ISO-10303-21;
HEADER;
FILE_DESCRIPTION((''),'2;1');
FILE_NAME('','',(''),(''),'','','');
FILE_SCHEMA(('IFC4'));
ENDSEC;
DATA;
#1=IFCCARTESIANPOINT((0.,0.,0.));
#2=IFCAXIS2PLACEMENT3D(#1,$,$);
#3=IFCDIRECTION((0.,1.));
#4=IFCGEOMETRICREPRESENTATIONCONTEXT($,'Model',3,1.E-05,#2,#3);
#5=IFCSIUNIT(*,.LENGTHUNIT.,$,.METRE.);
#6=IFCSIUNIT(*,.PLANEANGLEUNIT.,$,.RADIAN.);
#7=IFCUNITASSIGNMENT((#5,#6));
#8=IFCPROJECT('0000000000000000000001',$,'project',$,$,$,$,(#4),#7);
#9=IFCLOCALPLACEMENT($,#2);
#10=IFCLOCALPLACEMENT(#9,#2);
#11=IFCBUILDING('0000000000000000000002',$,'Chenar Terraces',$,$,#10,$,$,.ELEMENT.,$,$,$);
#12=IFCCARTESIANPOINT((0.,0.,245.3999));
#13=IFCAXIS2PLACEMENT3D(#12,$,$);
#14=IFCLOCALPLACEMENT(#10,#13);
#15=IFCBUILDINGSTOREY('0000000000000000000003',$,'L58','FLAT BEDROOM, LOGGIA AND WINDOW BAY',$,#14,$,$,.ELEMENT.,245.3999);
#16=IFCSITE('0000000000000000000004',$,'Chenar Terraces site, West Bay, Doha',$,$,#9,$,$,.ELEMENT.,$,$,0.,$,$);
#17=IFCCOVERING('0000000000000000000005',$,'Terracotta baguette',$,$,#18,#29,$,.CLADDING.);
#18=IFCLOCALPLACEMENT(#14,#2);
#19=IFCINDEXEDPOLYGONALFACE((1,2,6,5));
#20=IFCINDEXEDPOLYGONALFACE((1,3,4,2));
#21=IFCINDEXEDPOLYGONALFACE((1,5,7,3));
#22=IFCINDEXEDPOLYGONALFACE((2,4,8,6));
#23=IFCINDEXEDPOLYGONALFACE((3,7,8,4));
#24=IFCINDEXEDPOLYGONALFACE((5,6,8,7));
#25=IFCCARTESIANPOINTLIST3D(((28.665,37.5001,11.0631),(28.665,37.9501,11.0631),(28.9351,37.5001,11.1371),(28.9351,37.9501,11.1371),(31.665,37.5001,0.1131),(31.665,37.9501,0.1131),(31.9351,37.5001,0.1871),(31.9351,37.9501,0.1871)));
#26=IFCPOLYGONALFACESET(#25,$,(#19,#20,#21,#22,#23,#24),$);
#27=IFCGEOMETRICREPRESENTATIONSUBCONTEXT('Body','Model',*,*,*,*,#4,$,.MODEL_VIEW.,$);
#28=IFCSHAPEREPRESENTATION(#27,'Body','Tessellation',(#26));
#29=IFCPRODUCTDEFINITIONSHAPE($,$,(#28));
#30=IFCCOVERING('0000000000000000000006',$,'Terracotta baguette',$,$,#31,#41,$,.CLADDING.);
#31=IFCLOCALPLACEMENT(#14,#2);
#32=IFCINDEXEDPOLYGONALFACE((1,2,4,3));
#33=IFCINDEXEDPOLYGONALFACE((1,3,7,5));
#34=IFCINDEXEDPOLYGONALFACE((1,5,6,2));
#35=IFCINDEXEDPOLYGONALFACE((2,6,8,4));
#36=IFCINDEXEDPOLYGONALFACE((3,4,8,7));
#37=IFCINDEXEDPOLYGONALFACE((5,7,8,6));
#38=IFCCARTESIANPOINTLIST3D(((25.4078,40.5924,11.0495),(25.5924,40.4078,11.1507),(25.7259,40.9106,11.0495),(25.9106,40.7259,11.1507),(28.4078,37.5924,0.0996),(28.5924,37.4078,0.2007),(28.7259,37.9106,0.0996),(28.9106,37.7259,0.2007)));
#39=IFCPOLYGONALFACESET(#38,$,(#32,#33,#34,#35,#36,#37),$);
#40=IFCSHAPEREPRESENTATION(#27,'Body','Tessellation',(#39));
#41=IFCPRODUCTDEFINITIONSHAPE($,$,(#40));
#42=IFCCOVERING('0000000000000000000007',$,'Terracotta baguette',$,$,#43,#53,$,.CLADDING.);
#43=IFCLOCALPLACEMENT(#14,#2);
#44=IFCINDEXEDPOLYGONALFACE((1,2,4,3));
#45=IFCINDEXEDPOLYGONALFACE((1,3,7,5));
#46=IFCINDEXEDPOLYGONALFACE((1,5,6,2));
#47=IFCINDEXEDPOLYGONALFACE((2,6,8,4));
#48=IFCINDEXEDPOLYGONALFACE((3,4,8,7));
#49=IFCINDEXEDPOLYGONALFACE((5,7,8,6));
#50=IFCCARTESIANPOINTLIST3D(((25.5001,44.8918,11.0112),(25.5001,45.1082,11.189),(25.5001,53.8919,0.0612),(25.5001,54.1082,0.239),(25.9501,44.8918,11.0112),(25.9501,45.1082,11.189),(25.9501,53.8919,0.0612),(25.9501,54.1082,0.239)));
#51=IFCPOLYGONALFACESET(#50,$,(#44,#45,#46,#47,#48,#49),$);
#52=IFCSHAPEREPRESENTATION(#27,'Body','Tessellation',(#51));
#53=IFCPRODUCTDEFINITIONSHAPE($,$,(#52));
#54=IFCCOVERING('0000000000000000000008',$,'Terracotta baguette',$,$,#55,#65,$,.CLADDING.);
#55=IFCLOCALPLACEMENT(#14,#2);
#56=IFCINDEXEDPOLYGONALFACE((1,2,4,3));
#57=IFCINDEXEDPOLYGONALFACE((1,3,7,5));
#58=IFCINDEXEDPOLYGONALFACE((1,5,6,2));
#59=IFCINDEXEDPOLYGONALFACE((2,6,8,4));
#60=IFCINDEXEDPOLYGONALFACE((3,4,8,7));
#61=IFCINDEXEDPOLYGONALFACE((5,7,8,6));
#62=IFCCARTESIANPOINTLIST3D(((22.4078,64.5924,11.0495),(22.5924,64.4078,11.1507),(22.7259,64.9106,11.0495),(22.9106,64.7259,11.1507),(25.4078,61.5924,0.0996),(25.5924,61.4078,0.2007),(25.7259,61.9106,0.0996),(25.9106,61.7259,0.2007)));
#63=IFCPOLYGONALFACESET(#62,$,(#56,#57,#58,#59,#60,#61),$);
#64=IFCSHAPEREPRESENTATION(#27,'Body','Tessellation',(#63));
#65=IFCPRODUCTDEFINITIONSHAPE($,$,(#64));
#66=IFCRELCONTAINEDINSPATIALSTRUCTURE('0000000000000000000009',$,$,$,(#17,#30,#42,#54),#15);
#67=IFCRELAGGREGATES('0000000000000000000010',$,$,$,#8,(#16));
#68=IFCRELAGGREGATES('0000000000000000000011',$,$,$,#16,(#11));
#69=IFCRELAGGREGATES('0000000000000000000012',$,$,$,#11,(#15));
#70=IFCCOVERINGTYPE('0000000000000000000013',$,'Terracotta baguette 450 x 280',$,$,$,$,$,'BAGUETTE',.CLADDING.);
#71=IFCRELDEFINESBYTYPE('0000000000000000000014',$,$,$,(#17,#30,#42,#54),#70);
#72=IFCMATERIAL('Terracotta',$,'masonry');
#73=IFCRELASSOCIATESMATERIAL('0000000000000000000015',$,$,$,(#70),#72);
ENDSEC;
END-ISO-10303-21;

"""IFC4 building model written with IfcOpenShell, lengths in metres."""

from ifc_helpers import new_model, si_unit, direction, frame, origin, origin_2d, place, context, subcontext, project, spatial, rectangle, extrude, material, material_profile, profile_set, type_object, element, save


model = new_model("IFC4")

# Units and contexts
model_context = context("Model", 3, precision=1e-05, world=origin(), true_north=direction((0.0, 1.0)))
body_context = subcontext(model_context, "Body", "Model", "MODEL_VIEW")
ifc_project = project(units=[si_unit("LENGTHUNIT", "METRE"), si_unit("PLANEANGLEUNIT", "RADIAN")], contexts=[model_context])

# Site, building, storey
site_placement = place(None, origin())
site = spatial("IfcSite", under=ifc_project, at=site_placement, Name="Chenar Terraces site, West Bay, Doha", CompositionType="ELEMENT", RefElevation=0.0)
building_placement = place(site_placement, origin())
building = spatial("IfcBuilding", under=site, at=building_placement, Name="Chenar Terraces", CompositionType="ELEMENT")
storey_placement = place(building_placement, frame((0.0, 0.0, 245.3999)))
storey = spatial("IfcBuildingStorey", under=building, at=storey_placement, Name="L58", Description="FLAT BEDROOM, LOGGIA AND WINDOW BAY", CompositionType="ELEMENT", Elevation=245.3999)

# Coverings
ifc_material_1 = material(Name="Terracotta", Category="masonry")
ifc_material_profile_1 = material_profile(ifc_material_1, rectangle(XDim=0.45, YDim=0.28, at=origin_2d()), Name="Terracotta baguette 450 x 280")
ifc_profile_set_1 = profile_set([ifc_material_profile_1], Name="Terracotta")
covering_type = type_object("IfcCoveringType", Name="Terracotta baguette 450 x 280", ElementType="BAGUETTE", PredefinedType="CLADDING", material=ifc_profile_set_1)
covering_1_placement = place(storey_placement, frame((31.8, 37.7251, 0.1501), z_axis=(-0.264236, 0.0, 0.964458), x_axis=(0.0, -1.0, 0.0)))
element("IfcCovering", 1, at=covering_1_placement, inside=storey, type_object=covering_type, Name="Terracotta baguette", PredefinedType="CLADDING", context=body_context, shape_type="SweptSolid", body=[
    extrude(rectangle(XDim=0.45, YDim=0.28, at=origin_2d()), origin(), (0.0, 0.0, 1.0), 11.3535),
])
covering_2_placement = place(storey_placement, frame((28.6592, 37.6592, 0.1501), z_axis=(-0.255468, 0.255468, 0.932455), x_axis=(-0.707107, -0.707107, 0.0)))
element("IfcCovering", 2, at=covering_2_placement, inside=storey, type_object=covering_type, Name="Terracotta baguette", PredefinedType="CLADDING", context=body_context, shape_type="SweptSolid", body=[
    extrude(rectangle(XDim=0.45, YDim=0.28, at=origin_2d()), origin(), (0.0, 0.0, 1.0), 11.7432),
])
covering_3_placement = place(storey_placement, frame((25.7251, 45.0, 11.1001), z_axis=(0.0, 0.634967, -0.772539), x_axis=(-1.0, 0.0, 0.0)))
element("IfcCovering", 3, at=covering_3_placement, inside=storey, type_object=covering_type, Name="Terracotta baguette", PredefinedType="CLADDING", context=body_context, shape_type="SweptSolid", body=[
    extrude(rectangle(XDim=0.45, YDim=0.28, at=origin_2d()), origin(), (0.0, 0.0, 1.0), 14.1741),
])
covering_4_placement = place(storey_placement, frame((25.6592, 61.6592, 0.1501), z_axis=(-0.255468, 0.255468, 0.932455), x_axis=(-0.707107, -0.707107, 0.0)))
element("IfcCovering", 4, at=covering_4_placement, inside=storey, type_object=covering_type, Name="Terracotta baguette", PredefinedType="CLADDING", context=body_context, shape_type="SweptSolid", body=[
    extrude(rectangle(XDim=0.45, YDim=0.28, at=origin_2d()), origin(), (0.0, 0.0, 1.0), 11.7432),
])

save(model, "model.ifc")
